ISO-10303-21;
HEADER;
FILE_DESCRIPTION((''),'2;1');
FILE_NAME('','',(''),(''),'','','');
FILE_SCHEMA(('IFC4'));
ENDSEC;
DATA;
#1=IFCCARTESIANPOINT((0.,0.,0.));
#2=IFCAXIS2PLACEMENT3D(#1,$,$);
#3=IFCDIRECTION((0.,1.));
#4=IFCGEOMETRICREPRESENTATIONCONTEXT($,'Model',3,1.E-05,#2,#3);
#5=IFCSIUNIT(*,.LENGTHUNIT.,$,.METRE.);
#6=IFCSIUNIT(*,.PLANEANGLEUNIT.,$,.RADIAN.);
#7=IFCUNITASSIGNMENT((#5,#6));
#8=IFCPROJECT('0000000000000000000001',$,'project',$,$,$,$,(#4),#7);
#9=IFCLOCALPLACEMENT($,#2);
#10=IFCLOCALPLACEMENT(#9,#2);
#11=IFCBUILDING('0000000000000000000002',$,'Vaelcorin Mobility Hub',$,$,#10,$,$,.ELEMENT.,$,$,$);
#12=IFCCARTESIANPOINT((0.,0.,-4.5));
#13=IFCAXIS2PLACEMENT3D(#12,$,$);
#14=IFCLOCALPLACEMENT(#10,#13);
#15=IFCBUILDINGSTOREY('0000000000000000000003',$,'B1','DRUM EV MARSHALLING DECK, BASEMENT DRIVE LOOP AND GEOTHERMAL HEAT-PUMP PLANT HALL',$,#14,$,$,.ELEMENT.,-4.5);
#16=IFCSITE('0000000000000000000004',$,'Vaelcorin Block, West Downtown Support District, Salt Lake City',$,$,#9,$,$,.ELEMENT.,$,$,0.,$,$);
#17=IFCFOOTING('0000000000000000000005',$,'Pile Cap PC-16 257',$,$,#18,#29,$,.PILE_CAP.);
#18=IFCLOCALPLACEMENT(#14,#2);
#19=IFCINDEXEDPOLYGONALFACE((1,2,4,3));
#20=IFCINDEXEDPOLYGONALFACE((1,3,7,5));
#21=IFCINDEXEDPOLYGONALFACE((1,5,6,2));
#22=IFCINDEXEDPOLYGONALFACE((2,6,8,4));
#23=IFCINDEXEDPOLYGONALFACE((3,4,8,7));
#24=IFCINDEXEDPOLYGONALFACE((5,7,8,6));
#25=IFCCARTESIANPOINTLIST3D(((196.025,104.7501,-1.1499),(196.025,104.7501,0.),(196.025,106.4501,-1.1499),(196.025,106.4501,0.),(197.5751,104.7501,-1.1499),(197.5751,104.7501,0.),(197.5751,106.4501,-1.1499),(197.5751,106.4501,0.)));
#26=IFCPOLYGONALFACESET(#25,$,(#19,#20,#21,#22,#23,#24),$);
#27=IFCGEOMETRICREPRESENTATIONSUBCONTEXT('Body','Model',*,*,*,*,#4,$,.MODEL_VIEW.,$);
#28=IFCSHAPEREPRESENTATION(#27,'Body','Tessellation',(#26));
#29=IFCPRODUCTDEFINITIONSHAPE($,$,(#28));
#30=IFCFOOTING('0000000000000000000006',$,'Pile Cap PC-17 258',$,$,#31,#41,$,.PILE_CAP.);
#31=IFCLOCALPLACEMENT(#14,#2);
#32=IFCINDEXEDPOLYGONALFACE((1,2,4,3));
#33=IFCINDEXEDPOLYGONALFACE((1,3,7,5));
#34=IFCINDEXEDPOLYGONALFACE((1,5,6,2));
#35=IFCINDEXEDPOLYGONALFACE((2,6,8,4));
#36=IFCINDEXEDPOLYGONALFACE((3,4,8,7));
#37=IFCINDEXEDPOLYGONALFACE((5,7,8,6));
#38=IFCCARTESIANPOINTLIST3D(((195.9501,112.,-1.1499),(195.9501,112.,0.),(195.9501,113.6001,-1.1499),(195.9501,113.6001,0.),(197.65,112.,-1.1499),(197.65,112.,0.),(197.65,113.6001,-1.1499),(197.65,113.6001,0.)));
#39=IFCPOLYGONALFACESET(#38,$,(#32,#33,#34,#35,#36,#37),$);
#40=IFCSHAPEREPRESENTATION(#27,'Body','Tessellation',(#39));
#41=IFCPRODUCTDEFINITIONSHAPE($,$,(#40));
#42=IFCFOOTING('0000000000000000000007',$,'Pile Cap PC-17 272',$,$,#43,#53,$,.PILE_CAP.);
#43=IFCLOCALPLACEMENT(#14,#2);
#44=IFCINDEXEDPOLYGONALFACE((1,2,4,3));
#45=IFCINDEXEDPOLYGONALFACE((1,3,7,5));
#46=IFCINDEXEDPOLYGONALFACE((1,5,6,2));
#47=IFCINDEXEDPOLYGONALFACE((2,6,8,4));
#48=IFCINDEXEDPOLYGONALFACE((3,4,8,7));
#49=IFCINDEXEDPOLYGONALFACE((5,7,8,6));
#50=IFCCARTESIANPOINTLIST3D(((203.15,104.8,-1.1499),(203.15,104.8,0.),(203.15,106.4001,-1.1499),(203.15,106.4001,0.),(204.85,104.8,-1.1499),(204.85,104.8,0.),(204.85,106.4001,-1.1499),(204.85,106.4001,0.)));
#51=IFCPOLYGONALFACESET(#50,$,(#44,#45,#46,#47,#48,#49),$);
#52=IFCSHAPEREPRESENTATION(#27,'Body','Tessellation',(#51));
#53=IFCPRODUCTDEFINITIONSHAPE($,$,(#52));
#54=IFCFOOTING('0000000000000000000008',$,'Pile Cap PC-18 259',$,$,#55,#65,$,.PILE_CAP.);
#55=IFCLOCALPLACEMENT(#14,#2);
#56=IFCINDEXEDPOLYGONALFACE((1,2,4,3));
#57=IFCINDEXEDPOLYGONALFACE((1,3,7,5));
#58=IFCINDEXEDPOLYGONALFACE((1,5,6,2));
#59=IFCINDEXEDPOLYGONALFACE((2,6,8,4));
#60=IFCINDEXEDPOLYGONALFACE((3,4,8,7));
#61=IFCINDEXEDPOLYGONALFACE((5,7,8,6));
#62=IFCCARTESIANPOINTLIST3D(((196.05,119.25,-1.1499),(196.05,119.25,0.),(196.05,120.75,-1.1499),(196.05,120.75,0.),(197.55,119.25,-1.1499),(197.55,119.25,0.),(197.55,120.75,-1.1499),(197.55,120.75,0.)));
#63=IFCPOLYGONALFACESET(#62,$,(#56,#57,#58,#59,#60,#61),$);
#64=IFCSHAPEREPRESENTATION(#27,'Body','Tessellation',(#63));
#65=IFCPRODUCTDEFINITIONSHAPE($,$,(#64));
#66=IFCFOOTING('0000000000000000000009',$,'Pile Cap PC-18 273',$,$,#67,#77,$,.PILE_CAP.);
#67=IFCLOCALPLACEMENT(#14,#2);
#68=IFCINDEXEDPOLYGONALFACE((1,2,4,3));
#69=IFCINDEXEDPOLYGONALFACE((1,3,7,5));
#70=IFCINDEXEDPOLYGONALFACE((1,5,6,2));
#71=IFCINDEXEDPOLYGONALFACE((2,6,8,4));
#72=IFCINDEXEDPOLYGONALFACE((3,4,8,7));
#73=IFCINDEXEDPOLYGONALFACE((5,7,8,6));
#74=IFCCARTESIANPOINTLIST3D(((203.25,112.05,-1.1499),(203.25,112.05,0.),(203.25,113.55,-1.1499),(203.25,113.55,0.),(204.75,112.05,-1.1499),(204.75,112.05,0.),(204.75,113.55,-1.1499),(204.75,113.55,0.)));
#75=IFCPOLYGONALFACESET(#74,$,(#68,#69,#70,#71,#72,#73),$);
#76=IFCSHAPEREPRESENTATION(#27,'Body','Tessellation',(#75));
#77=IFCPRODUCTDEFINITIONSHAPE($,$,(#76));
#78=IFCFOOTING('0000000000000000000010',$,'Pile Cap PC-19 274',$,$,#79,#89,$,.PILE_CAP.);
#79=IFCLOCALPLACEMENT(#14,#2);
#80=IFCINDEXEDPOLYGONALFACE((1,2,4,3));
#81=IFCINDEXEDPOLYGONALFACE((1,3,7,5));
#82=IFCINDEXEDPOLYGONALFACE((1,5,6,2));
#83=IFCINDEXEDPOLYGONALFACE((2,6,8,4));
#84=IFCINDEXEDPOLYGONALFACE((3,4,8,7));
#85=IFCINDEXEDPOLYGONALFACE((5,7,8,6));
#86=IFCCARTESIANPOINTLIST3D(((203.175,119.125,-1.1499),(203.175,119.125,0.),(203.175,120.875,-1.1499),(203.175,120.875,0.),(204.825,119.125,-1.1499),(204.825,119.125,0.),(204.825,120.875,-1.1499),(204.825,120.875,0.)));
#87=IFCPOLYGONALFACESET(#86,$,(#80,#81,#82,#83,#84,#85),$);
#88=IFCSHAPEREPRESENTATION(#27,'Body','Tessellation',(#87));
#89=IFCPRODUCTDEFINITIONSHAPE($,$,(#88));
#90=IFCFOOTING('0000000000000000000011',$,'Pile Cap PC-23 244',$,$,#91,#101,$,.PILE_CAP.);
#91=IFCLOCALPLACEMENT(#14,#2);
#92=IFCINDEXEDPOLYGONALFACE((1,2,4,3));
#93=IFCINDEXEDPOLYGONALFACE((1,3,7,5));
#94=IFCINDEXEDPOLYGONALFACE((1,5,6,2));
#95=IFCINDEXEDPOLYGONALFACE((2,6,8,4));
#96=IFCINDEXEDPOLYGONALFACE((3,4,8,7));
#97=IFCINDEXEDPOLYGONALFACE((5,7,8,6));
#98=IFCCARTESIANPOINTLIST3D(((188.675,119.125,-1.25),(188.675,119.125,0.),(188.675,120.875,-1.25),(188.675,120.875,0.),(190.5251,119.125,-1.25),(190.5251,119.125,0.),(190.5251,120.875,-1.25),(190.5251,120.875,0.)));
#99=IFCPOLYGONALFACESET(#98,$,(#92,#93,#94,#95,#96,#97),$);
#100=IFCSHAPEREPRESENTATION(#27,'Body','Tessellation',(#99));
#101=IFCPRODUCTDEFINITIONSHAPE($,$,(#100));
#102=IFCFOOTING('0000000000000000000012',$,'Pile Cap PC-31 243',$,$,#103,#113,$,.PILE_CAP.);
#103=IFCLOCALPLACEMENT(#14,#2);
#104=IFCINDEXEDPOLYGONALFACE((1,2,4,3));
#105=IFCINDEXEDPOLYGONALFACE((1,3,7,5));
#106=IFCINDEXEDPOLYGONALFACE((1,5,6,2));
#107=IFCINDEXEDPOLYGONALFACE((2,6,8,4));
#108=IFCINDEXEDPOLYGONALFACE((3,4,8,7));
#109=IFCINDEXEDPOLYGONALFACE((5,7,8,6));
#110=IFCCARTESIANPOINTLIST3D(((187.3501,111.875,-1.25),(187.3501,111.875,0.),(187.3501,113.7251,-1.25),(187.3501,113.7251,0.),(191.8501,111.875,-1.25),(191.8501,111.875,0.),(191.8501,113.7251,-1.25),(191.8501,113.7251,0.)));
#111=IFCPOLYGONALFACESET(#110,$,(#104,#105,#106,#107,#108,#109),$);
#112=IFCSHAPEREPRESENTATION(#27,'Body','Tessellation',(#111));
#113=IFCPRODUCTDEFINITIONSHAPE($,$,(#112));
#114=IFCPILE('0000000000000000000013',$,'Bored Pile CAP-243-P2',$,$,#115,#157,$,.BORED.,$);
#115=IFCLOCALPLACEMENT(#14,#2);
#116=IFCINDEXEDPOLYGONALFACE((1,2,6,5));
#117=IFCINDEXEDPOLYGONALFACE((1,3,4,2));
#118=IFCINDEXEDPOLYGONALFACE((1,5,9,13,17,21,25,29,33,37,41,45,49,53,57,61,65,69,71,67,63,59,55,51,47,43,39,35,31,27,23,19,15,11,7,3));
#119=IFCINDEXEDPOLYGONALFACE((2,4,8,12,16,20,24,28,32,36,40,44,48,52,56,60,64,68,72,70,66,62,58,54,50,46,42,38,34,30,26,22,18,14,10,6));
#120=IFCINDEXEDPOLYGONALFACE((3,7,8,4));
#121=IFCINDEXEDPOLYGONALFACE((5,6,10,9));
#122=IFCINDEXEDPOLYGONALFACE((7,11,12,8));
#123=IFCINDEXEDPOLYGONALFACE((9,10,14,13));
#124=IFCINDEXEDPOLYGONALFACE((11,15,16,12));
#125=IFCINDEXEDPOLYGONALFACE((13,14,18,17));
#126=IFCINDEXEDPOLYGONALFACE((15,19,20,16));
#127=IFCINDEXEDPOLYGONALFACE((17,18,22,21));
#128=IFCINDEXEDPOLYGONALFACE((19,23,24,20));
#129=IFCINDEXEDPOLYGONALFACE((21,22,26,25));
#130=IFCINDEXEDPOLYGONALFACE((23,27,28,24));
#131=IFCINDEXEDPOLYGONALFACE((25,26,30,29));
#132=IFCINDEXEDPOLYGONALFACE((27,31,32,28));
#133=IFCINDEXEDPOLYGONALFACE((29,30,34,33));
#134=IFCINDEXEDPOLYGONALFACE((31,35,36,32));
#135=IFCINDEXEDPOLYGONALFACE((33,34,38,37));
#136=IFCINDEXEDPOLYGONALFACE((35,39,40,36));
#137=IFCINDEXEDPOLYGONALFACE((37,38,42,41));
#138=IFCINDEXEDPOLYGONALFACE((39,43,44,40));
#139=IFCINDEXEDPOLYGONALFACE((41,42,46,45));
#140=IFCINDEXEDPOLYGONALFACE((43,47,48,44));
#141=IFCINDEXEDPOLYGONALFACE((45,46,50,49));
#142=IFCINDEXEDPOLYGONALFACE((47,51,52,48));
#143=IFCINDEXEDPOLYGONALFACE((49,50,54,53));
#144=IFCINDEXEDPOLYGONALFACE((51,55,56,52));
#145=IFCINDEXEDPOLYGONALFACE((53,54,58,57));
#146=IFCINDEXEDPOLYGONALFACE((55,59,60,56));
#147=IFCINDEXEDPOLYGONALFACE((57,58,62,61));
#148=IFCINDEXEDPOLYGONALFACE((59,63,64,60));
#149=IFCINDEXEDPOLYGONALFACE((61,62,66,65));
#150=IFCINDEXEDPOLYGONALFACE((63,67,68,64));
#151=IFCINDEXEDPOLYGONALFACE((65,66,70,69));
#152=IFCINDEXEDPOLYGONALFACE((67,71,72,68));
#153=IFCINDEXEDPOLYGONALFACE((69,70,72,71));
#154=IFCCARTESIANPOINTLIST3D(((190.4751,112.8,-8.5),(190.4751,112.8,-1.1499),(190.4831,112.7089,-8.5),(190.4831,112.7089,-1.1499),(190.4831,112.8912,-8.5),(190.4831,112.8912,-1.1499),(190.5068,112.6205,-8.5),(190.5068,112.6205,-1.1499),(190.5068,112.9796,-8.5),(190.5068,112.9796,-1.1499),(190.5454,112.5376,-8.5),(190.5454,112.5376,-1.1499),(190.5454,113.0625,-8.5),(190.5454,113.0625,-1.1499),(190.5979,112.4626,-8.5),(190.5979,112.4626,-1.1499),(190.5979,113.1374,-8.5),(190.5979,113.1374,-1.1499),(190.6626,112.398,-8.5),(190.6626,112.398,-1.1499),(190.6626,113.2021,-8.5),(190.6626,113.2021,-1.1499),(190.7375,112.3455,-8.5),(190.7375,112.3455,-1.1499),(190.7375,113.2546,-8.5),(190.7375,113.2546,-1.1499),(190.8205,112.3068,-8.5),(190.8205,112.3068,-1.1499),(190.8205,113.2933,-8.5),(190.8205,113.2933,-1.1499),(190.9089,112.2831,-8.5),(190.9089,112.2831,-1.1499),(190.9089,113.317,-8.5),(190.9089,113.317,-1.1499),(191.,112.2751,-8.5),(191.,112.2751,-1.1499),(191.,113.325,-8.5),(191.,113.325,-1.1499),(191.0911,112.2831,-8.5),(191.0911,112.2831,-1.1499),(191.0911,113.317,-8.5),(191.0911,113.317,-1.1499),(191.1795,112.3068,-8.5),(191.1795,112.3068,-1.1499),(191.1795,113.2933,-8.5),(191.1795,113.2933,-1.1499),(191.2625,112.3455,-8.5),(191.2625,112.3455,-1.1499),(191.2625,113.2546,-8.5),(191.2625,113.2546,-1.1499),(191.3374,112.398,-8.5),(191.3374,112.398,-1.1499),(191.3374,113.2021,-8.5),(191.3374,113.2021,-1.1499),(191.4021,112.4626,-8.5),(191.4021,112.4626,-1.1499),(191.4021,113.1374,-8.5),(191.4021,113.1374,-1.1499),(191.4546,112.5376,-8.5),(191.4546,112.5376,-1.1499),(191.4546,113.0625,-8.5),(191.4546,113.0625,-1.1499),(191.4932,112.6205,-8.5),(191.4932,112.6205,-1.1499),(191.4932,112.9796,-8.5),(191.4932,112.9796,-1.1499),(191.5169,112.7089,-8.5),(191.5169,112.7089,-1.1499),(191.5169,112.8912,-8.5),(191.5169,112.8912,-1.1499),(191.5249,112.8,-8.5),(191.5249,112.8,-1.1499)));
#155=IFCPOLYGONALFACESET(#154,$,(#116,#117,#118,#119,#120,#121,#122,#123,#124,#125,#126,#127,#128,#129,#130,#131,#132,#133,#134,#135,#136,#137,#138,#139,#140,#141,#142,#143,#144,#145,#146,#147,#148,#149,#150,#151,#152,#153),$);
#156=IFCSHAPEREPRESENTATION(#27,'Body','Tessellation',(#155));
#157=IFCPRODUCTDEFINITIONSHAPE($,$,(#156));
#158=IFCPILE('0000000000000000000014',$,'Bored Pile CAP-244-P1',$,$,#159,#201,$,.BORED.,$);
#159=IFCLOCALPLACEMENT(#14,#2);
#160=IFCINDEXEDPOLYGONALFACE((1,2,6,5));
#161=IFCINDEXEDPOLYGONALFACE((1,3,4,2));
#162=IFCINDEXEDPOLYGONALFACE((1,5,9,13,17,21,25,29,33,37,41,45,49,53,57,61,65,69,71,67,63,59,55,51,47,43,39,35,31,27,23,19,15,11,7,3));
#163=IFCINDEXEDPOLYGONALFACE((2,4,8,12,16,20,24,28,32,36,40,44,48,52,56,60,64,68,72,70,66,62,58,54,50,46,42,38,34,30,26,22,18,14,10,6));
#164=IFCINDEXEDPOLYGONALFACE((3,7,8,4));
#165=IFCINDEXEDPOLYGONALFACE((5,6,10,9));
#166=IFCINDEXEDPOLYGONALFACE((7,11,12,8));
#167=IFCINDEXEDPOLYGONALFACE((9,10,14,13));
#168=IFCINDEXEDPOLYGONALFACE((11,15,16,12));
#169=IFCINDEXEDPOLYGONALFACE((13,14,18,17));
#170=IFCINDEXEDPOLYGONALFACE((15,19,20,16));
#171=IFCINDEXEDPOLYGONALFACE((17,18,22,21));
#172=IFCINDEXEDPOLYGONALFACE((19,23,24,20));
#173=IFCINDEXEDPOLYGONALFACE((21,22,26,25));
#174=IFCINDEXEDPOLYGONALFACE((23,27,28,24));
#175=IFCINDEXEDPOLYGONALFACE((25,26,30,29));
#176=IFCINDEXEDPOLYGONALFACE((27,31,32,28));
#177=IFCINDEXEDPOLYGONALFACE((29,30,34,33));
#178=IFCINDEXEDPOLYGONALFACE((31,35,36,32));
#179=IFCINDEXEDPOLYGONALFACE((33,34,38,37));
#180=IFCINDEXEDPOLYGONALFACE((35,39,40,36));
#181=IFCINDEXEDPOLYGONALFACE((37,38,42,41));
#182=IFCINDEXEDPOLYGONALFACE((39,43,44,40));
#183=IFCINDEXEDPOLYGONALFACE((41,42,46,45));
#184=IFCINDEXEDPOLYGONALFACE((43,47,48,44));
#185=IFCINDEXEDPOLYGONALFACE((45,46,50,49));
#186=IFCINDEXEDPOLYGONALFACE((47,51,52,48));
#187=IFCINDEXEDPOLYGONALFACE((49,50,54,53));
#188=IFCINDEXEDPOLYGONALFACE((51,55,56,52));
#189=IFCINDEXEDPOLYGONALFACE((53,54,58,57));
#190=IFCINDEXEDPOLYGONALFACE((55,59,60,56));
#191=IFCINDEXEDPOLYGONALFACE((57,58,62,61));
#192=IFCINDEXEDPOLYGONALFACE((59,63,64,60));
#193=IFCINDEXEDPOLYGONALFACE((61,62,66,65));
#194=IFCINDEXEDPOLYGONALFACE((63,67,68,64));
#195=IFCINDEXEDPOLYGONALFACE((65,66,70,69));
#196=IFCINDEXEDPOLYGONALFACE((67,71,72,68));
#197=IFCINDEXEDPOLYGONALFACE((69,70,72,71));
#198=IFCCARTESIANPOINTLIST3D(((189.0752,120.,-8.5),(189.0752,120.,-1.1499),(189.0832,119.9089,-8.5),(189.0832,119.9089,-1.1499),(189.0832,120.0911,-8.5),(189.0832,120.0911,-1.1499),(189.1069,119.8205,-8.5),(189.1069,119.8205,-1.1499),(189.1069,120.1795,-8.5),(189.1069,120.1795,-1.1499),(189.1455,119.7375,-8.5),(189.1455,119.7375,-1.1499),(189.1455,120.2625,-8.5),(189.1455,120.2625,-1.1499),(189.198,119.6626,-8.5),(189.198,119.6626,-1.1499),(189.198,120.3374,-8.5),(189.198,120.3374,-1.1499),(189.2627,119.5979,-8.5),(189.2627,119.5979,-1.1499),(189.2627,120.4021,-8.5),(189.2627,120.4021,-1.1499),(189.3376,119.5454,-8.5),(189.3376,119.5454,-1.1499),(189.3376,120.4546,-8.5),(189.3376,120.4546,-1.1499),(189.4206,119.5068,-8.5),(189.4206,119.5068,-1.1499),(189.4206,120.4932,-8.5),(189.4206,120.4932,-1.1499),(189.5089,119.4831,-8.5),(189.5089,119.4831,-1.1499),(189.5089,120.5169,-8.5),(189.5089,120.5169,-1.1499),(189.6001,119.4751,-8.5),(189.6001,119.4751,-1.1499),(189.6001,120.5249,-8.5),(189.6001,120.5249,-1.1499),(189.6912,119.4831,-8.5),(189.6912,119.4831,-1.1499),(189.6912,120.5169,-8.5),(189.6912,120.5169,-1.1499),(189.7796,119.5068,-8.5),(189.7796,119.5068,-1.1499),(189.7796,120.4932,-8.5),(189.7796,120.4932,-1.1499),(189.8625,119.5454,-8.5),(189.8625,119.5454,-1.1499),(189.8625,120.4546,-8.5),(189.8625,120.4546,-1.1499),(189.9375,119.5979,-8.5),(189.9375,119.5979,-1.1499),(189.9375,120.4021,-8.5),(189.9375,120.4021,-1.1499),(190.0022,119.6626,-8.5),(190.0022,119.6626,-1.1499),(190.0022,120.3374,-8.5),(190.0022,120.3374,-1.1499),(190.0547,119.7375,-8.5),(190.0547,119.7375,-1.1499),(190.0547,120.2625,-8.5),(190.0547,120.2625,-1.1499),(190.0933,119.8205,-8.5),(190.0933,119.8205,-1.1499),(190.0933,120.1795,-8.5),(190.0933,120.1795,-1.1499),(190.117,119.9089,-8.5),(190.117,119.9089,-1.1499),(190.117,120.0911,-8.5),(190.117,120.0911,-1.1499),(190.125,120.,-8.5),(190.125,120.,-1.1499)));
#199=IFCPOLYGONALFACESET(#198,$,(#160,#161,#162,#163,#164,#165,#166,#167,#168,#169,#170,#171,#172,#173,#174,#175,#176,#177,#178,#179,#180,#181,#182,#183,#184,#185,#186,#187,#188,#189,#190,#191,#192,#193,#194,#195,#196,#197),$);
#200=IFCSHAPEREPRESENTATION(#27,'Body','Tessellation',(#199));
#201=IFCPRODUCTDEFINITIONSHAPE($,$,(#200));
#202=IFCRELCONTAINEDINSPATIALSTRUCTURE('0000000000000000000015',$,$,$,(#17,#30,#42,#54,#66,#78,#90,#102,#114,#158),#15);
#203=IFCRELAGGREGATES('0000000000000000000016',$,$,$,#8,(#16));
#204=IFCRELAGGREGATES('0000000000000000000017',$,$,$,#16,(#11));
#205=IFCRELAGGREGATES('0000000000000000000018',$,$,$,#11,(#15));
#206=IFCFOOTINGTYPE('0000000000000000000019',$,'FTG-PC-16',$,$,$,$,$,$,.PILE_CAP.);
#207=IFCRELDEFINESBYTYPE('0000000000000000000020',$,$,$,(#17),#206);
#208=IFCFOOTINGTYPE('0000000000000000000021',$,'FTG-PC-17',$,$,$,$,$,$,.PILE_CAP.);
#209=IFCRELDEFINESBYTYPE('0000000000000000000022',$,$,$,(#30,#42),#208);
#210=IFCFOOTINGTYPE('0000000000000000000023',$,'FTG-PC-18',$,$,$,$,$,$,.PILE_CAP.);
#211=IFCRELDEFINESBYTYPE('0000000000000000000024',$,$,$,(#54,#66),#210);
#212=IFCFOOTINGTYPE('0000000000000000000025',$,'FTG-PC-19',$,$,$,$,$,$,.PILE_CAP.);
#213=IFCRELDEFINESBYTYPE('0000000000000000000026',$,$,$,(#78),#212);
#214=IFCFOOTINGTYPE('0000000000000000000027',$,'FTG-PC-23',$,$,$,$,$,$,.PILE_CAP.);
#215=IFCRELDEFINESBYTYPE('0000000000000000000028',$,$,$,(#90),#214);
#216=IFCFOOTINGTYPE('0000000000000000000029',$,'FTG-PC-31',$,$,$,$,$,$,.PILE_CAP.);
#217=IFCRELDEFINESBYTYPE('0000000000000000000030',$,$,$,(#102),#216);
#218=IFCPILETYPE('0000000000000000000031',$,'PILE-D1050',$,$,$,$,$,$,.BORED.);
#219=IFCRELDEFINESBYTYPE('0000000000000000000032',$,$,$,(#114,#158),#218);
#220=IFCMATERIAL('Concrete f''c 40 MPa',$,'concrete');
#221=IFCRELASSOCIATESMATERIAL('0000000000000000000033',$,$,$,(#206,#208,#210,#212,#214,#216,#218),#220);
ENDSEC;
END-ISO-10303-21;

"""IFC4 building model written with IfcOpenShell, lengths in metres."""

from ifc_helpers import new_model, si_unit, direction, frame, origin, origin_2d, place, context, subcontext, project, spatial, rectangle, circle, extrude, material, material_profile, profile_set, type_object, element, save


model = new_model("IFC4")

# Units and contexts
model_context = context("Model", 3, precision=1e-05, world=origin(), true_north=direction((0.0, 1.0)))
body_context = subcontext(model_context, "Body", "Model", "MODEL_VIEW")
ifc_project = project(units=[si_unit("LENGTHUNIT", "METRE"), si_unit("PLANEANGLEUNIT", "RADIAN")], contexts=[model_context])

# Site, building, storey
site_placement = place(None, origin())
site = spatial("IfcSite", under=ifc_project, at=site_placement, Name="Vaelcorin Block, West Downtown Support District, Salt Lake City", CompositionType="ELEMENT", RefElevation=0.0)
building_placement = place(site_placement, origin())
building = spatial("IfcBuilding", under=site, at=building_placement, Name="Vaelcorin Mobility Hub", CompositionType="ELEMENT")
storey_placement = place(building_placement, frame((0.0, 0.0, -4.5)))
storey = spatial("IfcBuildingStorey", under=building, at=storey_placement, Name="B1", Description="DRUM EV MARSHALLING DECK, BASEMENT DRIVE LOOP AND GEOTHERMAL HEAT-PUMP PLANT HALL", CompositionType="ELEMENT", Elevation=-4.5)

# Footings
ifc_material_1 = material(Name="Concrete f'c 40 MPa", Category="concrete")
footing_type_1 = type_object("IfcFootingType", Name="FTG-PC-16", PredefinedType="PILE_CAP", material=ifc_material_1)
footing_1_placement = place(storey_placement, frame((196.8, 105.6001, -1.1499), z_axis=(0.0, 0.0, 1.0), x_axis=(1.0, 0.0, 0.0)))
element("IfcFooting", 1, at=footing_1_placement, inside=storey, type_object=footing_type_1, Name="Pile Cap PC-16 257", PredefinedType="PILE_CAP", context=body_context, shape_type="SweptSolid", body=[
    extrude(rectangle(XDim=1.55, YDim=1.7, at=origin_2d()), origin(), (0.0, 0.0, 1.0), 1.1499),
])
footing_type_2 = type_object("IfcFootingType", Name="FTG-PC-17", PredefinedType="PILE_CAP", material=ifc_material_1)
for number, where, z_axis, x_axis, name in (
    (2, (196.8, 112.8, -1.1499), (0.0, 0.0, 1.0), (1.0, 0.0, 0.0), "Pile Cap PC-17 258"),
    (3, (204.0, 105.6001, -1.1499), (0.0, 0.0, 1.0), (1.0, 0.0, 0.0), "Pile Cap PC-17 272"),
):
    element("IfcFooting", number, at=place(storey_placement, frame(where, z_axis=z_axis, x_axis=x_axis)), inside=storey, type_object=footing_type_2, Name=name, PredefinedType="PILE_CAP", context=body_context, shape_type="SweptSolid", body=[
        extrude(rectangle(XDim=1.7, YDim=1.6001, at=origin_2d()), origin(), (0.0, 0.0, 1.0), 1.1499),
    ])
footing_type_3 = type_object("IfcFootingType", Name="FTG-PC-18", PredefinedType="PILE_CAP", material=ifc_material_1)
for number, where, z_axis, x_axis, name in (
    (4, (196.8, 120.0, -1.1499), (0.0, 0.0, 1.0), (1.0, 0.0, 0.0), "Pile Cap PC-18 259"),
    (5, (204.0, 112.8, -1.1499), (0.0, 0.0, 1.0), (1.0, 0.0, 0.0), "Pile Cap PC-18 273"),
):
    element("IfcFooting", number, at=place(storey_placement, frame(where, z_axis=z_axis, x_axis=x_axis)), inside=storey, type_object=footing_type_3, Name=name, PredefinedType="PILE_CAP", context=body_context, shape_type="SweptSolid", body=[
        extrude(rectangle(XDim=1.5, YDim=1.5, at=origin_2d()), origin(), (0.0, 0.0, 1.0), 1.1499),
    ])
footing_type_4 = type_object("IfcFootingType", Name="FTG-PC-19", PredefinedType="PILE_CAP", material=ifc_material_1)
footing_2_placement = place(storey_placement, frame((204.0, 120.0, -1.1499), z_axis=(0.0, 0.0, 1.0), x_axis=(1.0, 0.0, 0.0)))
element("IfcFooting", 6, at=footing_2_placement, inside=storey, type_object=footing_type_4, Name="Pile Cap PC-19 274", PredefinedType="PILE_CAP", context=body_context, shape_type="SweptSolid", body=[
    extrude(rectangle(XDim=1.6499, YDim=1.75, at=origin_2d()), origin(), (0.0, 0.0, 1.0), 1.1499),
])
footing_type_5 = type_object("IfcFootingType", Name="FTG-PC-23", PredefinedType="PILE_CAP", material=ifc_material_1)
footing_3_placement = place(storey_placement, frame((189.6001, 120.0, -1.25), z_axis=(0.0, 0.0, 1.0), x_axis=(1.0, 0.0, 0.0)))
element("IfcFooting", 7, at=footing_3_placement, inside=storey, type_object=footing_type_5, Name="Pile Cap PC-23 244", PredefinedType="PILE_CAP", context=body_context, shape_type="SweptSolid", body=[
    extrude(rectangle(XDim=1.8501, YDim=1.75, at=origin_2d()), origin(), (0.0, 0.0, 1.0), 1.25),
])
footing_type_6 = type_object("IfcFootingType", Name="FTG-PC-31", PredefinedType="PILE_CAP", material=ifc_material_1)
footing_4_placement = place(storey_placement, frame((189.6001, 112.8, -1.25), z_axis=(0.0, 0.0, 1.0), x_axis=(1.0, 0.0, 0.0)))
element("IfcFooting", 8, at=footing_4_placement, inside=storey, type_object=footing_type_6, Name="Pile Cap PC-31 243", PredefinedType="PILE_CAP", context=body_context, shape_type="SweptSolid", body=[
    extrude(rectangle(XDim=4.5, YDim=1.8501, at=origin_2d()), origin(), (0.0, 0.0, 1.0), 1.25),
])

# Piles
ifc_material_profile_1 = material_profile(ifc_material_1, circle(Radius=0.5249, at=origin_2d()), Name="BP-D1050")
ifc_profile_set_1 = profile_set([ifc_material_profile_1], Name="Concrete f'c 40 MPa")
pile_type_1 = type_object("IfcPileType", Name="PILE-D1050", PredefinedType="BORED", material=ifc_profile_set_1)
for number, where, z_axis, x_axis, name in (
    (9, (191.0, 112.8, -1.1499), (0.0, 0.0, -1.0), (1.0, 0.0, 0.0), "Bored Pile CAP-243-P2"),
    (10, (189.6001, 120.0, -1.1499), (0.0, 0.0, -1.0), (1.0, 0.0, 0.0), "Bored Pile CAP-244-P1"),
):
    element("IfcPile", number, at=place(storey_placement, frame(where, z_axis=z_axis, x_axis=x_axis)), inside=storey, type_object=pile_type_1, Name=name, PredefinedType="BORED", context=body_context, shape_type="SweptSolid", body=[
        extrude(circle(Radius=0.5249, at=origin_2d()), origin(), (0.0, 0.0, 1.0), 7.3501),
    ])

save(model, "model.ifc")
